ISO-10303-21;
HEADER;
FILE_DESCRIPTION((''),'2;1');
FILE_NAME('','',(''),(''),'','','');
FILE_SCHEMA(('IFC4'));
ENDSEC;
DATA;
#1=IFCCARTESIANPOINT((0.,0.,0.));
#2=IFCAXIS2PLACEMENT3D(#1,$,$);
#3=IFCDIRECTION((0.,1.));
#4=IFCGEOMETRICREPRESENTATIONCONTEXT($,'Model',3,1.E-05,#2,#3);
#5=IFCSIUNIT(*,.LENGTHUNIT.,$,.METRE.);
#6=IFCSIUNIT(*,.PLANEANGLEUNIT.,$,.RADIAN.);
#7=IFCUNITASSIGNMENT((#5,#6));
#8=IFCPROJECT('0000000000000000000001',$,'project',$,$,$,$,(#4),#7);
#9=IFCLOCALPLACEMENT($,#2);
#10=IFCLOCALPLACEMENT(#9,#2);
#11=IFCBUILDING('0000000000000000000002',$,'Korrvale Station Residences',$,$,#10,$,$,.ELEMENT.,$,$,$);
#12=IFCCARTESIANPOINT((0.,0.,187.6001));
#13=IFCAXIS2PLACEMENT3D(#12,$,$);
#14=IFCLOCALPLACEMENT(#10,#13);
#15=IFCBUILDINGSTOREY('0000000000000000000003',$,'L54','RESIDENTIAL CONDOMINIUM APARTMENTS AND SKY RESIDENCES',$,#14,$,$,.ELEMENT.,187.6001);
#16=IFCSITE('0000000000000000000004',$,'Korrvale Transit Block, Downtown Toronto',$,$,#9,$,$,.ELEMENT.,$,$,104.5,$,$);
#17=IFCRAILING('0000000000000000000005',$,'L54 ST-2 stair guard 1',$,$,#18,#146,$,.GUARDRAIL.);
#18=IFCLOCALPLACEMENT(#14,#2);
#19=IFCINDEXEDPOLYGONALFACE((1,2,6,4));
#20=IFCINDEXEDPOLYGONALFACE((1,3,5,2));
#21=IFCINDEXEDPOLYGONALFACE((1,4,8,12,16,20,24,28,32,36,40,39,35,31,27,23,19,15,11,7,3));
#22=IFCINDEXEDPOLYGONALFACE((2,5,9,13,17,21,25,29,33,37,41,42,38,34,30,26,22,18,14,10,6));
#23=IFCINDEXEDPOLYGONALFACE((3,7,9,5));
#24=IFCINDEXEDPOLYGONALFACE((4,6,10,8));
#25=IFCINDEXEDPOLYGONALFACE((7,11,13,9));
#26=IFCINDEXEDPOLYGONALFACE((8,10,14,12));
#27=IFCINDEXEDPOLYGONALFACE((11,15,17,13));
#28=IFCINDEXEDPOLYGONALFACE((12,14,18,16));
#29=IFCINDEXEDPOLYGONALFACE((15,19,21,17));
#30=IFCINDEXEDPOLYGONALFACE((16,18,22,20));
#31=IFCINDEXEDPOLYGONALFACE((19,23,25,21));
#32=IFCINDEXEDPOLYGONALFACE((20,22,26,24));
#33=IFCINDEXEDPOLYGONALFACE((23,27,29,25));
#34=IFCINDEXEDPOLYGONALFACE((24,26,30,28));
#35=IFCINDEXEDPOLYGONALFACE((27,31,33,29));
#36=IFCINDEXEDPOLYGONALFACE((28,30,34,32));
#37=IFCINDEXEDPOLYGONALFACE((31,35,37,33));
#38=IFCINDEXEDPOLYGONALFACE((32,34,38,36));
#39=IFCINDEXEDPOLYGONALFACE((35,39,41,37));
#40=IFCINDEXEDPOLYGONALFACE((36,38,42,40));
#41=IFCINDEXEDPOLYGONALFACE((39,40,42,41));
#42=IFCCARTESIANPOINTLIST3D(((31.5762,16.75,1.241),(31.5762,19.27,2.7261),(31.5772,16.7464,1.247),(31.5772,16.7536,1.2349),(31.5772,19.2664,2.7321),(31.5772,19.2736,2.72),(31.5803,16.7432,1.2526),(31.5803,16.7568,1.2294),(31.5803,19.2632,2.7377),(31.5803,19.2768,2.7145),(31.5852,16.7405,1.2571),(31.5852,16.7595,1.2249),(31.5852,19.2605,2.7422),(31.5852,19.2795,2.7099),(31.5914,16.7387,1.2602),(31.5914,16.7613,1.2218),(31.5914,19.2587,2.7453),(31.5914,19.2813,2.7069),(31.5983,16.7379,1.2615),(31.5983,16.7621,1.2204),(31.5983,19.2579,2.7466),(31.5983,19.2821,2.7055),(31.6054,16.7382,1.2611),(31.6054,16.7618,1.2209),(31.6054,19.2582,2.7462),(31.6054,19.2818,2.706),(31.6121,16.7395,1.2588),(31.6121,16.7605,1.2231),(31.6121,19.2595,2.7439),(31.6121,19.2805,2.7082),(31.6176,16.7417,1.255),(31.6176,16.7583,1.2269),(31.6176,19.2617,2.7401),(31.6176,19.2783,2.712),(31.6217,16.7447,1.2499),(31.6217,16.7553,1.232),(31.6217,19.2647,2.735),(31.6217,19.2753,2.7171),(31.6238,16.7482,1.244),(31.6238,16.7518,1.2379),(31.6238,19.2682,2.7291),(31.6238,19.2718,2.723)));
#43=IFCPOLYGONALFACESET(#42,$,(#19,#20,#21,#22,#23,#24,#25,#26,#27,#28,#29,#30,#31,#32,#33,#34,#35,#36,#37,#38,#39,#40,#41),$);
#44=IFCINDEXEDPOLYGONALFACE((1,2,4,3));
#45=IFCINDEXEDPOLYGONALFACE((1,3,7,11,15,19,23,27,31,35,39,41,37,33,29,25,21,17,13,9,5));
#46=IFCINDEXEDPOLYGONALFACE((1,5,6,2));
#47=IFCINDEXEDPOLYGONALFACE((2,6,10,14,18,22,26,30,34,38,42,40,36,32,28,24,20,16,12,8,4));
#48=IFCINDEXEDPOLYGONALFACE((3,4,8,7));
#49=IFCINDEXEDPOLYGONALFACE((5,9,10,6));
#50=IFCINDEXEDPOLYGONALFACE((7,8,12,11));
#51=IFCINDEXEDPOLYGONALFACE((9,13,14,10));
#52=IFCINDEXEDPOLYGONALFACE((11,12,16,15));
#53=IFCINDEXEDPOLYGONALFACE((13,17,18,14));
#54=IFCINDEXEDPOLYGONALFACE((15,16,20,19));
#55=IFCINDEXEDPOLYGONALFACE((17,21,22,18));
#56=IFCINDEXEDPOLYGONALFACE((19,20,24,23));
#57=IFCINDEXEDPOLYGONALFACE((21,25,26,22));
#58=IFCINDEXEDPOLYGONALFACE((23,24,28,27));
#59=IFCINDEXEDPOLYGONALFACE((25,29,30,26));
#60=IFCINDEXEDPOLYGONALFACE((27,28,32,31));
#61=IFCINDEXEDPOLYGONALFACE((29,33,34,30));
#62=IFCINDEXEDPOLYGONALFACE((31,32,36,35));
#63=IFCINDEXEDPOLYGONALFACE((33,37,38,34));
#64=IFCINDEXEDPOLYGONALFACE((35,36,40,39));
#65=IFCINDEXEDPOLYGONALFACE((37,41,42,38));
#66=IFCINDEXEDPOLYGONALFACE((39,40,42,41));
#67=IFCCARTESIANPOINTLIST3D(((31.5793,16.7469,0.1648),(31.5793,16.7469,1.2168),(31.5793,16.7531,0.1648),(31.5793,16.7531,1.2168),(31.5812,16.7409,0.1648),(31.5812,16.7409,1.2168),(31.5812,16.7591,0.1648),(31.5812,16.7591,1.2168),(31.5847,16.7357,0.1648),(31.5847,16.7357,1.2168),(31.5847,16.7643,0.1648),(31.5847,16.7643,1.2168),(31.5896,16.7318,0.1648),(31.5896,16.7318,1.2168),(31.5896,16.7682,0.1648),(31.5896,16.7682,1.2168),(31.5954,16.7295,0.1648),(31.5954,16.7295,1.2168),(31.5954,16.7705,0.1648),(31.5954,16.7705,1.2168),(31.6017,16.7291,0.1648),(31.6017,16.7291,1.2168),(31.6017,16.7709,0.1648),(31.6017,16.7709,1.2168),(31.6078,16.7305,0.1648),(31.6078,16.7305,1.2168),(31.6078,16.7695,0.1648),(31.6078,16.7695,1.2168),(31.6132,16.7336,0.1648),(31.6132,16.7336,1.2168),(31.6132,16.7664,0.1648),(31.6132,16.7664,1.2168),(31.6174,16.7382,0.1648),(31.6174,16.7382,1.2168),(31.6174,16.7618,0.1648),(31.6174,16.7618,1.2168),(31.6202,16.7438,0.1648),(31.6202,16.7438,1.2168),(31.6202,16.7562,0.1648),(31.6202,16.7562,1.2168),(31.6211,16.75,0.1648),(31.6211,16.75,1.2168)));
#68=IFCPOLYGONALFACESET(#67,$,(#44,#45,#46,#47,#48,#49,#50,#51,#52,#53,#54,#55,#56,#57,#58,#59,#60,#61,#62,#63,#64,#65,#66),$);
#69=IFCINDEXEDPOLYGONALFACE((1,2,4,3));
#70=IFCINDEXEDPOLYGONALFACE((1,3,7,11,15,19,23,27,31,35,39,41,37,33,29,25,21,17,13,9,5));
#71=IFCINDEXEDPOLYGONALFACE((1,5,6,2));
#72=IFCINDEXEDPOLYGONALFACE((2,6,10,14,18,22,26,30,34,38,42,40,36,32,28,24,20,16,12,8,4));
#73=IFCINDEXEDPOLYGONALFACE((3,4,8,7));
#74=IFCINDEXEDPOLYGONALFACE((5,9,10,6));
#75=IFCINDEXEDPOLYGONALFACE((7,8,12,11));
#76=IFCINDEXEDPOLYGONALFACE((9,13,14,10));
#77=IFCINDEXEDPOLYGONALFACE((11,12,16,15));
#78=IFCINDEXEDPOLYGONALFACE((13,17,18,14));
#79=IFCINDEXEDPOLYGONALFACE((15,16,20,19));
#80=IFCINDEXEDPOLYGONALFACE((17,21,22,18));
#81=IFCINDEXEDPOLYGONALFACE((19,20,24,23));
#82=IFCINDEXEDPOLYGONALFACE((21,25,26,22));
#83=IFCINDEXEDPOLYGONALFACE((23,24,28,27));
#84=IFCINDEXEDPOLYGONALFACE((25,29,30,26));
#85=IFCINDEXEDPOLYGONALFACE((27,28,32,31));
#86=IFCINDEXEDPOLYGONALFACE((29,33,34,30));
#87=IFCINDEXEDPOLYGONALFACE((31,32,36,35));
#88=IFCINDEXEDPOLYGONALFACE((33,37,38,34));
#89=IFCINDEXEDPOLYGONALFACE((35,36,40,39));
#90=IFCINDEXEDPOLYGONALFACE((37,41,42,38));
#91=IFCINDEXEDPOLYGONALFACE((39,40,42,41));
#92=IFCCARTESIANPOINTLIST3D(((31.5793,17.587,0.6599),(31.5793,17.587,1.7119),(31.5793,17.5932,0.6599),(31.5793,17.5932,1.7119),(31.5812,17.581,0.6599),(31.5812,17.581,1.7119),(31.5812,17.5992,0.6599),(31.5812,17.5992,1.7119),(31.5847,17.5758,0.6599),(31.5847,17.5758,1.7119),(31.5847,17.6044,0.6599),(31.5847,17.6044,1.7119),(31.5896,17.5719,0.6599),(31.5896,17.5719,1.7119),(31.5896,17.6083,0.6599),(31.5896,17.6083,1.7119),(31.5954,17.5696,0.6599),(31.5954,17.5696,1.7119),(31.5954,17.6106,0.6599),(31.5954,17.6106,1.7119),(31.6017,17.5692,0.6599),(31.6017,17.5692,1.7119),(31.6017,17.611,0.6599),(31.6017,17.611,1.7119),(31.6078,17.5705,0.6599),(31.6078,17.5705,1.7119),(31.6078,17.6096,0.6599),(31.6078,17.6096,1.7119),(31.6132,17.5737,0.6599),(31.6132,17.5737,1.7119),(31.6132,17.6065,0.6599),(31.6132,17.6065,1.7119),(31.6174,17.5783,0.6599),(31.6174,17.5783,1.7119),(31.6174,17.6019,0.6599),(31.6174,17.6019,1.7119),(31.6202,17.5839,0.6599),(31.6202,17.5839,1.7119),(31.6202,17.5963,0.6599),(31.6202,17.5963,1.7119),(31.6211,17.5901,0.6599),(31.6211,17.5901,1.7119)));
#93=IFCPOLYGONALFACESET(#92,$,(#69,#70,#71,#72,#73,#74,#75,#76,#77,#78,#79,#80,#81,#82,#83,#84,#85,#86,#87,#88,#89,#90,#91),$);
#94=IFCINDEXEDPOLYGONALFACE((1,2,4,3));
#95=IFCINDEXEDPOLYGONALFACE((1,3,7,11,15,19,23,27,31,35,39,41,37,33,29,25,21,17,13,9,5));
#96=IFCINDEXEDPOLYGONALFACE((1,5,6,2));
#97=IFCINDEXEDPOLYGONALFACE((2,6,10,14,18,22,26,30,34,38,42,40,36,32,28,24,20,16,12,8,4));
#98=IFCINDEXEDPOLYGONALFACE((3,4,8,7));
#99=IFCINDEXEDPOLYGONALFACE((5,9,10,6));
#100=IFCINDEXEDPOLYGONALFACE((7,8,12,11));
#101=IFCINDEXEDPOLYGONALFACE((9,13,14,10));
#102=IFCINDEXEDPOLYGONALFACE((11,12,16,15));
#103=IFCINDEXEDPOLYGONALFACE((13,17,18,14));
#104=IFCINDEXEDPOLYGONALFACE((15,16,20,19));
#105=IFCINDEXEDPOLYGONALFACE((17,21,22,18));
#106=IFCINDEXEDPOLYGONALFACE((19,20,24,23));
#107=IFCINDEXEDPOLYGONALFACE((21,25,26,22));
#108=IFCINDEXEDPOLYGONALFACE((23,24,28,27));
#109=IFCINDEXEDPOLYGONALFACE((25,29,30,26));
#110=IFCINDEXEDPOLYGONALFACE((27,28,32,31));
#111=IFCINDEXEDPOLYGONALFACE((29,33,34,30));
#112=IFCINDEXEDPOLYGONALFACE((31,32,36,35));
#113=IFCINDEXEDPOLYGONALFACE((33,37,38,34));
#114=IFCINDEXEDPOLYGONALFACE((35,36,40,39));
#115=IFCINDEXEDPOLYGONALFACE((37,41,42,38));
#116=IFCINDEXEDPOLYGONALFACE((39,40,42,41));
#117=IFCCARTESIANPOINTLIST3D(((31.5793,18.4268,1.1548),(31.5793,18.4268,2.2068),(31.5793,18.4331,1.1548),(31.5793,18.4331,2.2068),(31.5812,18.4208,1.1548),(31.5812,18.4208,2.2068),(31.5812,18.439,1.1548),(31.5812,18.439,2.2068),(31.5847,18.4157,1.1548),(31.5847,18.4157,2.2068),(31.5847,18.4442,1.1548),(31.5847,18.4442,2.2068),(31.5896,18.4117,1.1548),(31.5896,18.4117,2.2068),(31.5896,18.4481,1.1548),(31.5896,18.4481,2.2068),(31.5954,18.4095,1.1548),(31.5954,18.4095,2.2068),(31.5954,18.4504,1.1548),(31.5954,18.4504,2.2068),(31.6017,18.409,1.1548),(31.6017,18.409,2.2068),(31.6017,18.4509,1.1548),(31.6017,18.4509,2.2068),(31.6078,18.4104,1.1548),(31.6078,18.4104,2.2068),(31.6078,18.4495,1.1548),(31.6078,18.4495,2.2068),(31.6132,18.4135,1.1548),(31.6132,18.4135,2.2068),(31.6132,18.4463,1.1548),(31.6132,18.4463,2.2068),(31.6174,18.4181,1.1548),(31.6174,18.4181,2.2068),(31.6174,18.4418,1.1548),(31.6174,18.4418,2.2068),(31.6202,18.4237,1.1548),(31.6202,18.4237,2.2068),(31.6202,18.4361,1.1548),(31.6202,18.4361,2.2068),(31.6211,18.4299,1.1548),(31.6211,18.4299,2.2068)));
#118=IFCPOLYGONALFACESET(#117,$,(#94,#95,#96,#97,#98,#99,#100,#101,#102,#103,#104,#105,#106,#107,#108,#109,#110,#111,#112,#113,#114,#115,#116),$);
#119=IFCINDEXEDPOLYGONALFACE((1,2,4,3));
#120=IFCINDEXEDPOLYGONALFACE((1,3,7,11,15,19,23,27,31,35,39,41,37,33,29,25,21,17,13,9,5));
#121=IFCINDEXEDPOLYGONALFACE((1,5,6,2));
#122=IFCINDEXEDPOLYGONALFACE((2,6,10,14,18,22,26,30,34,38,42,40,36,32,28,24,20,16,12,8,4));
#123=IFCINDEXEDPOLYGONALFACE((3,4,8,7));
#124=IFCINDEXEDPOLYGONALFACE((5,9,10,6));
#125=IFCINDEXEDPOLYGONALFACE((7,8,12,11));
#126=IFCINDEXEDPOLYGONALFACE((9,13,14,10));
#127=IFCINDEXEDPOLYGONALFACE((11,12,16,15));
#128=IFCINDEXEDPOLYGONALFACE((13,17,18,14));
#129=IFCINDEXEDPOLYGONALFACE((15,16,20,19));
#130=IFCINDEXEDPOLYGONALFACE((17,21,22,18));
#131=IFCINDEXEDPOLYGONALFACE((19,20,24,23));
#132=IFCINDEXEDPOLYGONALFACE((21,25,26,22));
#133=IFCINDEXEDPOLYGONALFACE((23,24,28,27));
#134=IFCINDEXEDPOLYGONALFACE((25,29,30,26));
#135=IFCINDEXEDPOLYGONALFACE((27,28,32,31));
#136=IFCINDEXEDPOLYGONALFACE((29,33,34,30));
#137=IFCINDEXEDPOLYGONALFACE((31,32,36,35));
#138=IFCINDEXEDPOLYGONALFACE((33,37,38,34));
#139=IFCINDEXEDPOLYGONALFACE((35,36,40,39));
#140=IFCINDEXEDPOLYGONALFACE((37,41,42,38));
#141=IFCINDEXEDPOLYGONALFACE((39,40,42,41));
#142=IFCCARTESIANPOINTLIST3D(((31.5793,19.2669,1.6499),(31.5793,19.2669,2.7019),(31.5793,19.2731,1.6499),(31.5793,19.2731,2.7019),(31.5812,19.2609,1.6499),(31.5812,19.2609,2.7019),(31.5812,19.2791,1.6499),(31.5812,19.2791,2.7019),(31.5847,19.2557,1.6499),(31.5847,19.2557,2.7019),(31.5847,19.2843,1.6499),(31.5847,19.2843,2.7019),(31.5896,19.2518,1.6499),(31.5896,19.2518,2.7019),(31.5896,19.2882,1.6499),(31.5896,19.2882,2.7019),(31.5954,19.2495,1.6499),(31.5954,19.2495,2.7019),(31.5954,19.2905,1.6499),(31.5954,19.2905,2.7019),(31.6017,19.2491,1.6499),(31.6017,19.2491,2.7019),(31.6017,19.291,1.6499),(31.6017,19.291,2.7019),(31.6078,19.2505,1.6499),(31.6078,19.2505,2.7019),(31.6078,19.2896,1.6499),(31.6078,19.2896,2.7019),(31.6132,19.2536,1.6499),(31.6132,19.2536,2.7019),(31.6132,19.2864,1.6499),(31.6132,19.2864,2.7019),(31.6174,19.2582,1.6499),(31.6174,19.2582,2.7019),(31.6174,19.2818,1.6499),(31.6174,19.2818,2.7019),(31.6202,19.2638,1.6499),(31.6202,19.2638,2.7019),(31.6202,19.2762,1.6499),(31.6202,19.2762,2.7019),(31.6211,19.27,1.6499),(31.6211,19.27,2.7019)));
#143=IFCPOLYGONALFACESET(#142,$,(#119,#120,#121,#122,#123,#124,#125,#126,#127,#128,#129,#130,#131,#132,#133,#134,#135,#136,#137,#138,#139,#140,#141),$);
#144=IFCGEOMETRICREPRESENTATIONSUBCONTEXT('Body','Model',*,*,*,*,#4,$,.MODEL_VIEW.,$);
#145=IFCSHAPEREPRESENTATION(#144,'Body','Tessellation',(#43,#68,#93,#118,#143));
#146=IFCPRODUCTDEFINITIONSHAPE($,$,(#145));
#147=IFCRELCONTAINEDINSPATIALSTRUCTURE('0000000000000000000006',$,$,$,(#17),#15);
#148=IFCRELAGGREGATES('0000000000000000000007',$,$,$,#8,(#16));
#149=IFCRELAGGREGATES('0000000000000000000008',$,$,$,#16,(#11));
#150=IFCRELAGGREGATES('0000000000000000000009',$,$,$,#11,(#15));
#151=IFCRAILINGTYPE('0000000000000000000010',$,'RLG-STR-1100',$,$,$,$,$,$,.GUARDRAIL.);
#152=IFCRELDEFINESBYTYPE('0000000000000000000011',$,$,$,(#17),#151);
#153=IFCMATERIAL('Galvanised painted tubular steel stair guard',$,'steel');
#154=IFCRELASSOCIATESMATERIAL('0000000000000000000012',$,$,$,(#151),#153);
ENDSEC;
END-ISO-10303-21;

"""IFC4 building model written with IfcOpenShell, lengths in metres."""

from ifc_helpers import new_model, si_unit, direction, frame, origin, origin_2d, place, context, subcontext, project, spatial, circle, extrude, material, type_object, element, save


model = new_model("IFC4")

# Units and contexts
model_context = context("Model", 3, precision=1e-05, world=origin(), true_north=direction((0.0, 1.0)))
body_context = subcontext(model_context, "Body", "Model", "MODEL_VIEW")
ifc_project = project(units=[si_unit("LENGTHUNIT", "METRE"), si_unit("PLANEANGLEUNIT", "RADIAN")], contexts=[model_context])

# Site, building, storey
site_placement = place(None, origin())
site = spatial("IfcSite", under=ifc_project, at=site_placement, Name="Korrvale Transit Block, Downtown Toronto", CompositionType="ELEMENT", RefElevation=104.5)
building_placement = place(site_placement, origin())
building = spatial("IfcBuilding", under=site, at=building_placement, Name="Korrvale Station Residences", CompositionType="ELEMENT")
storey_placement = place(building_placement, frame((0.0, 0.0, 187.6001)))
storey = spatial("IfcBuildingStorey", under=building, at=storey_placement, Name="L54", Description="RESIDENTIAL CONDOMINIUM APARTMENTS AND SKY RESIDENCES", CompositionType="ELEMENT", Elevation=187.6001)

# Railing
ifc_material_1 = material(Name="Galvanised painted tubular steel stair guard", Category="steel")
railing_type_1 = type_object("IfcRailingType", Name="RLG-STR-1100", PredefinedType="GUARDRAIL", material=ifc_material_1)
railing_1_placement = place(storey_placement, frame((31.6001, 16.75, 0.1648)))
element("IfcRailing", 1, at=railing_1_placement, inside=storey, type_object=railing_type_1, Name="L54 ST-2 stair guard 1", PredefinedType="GUARDRAIL", context=body_context, shape_type="SweptSolid", body=[
    extrude(circle(Radius=0.0239, at=origin_2d()), frame((0.0, 0.0, 1.0762), z_axis=(0.0, 0.861524, 0.507717), x_axis=(-1.0, 0.0, 0.0)), (0.0, 0.0, 1.0), 2.925),
    extrude(circle(Radius=0.021, at=origin_2d()), origin(), (0.0, 0.0, 1.0), 1.052),
    extrude(circle(Radius=0.021, at=origin_2d()), frame((0.0, 0.8401, 0.4951)), (0.0, 0.0, 1.0), 1.052),
    extrude(circle(Radius=0.021, at=origin_2d()), frame((0.0, 1.6799, 0.99)), (0.0, 0.0, 1.0), 1.052),
    extrude(circle(Radius=0.021, at=origin_2d()), frame((0.0, 2.52, 1.4851)), (0.0, 0.0, 1.0), 1.052),
])

save(model, "model.ifc")
